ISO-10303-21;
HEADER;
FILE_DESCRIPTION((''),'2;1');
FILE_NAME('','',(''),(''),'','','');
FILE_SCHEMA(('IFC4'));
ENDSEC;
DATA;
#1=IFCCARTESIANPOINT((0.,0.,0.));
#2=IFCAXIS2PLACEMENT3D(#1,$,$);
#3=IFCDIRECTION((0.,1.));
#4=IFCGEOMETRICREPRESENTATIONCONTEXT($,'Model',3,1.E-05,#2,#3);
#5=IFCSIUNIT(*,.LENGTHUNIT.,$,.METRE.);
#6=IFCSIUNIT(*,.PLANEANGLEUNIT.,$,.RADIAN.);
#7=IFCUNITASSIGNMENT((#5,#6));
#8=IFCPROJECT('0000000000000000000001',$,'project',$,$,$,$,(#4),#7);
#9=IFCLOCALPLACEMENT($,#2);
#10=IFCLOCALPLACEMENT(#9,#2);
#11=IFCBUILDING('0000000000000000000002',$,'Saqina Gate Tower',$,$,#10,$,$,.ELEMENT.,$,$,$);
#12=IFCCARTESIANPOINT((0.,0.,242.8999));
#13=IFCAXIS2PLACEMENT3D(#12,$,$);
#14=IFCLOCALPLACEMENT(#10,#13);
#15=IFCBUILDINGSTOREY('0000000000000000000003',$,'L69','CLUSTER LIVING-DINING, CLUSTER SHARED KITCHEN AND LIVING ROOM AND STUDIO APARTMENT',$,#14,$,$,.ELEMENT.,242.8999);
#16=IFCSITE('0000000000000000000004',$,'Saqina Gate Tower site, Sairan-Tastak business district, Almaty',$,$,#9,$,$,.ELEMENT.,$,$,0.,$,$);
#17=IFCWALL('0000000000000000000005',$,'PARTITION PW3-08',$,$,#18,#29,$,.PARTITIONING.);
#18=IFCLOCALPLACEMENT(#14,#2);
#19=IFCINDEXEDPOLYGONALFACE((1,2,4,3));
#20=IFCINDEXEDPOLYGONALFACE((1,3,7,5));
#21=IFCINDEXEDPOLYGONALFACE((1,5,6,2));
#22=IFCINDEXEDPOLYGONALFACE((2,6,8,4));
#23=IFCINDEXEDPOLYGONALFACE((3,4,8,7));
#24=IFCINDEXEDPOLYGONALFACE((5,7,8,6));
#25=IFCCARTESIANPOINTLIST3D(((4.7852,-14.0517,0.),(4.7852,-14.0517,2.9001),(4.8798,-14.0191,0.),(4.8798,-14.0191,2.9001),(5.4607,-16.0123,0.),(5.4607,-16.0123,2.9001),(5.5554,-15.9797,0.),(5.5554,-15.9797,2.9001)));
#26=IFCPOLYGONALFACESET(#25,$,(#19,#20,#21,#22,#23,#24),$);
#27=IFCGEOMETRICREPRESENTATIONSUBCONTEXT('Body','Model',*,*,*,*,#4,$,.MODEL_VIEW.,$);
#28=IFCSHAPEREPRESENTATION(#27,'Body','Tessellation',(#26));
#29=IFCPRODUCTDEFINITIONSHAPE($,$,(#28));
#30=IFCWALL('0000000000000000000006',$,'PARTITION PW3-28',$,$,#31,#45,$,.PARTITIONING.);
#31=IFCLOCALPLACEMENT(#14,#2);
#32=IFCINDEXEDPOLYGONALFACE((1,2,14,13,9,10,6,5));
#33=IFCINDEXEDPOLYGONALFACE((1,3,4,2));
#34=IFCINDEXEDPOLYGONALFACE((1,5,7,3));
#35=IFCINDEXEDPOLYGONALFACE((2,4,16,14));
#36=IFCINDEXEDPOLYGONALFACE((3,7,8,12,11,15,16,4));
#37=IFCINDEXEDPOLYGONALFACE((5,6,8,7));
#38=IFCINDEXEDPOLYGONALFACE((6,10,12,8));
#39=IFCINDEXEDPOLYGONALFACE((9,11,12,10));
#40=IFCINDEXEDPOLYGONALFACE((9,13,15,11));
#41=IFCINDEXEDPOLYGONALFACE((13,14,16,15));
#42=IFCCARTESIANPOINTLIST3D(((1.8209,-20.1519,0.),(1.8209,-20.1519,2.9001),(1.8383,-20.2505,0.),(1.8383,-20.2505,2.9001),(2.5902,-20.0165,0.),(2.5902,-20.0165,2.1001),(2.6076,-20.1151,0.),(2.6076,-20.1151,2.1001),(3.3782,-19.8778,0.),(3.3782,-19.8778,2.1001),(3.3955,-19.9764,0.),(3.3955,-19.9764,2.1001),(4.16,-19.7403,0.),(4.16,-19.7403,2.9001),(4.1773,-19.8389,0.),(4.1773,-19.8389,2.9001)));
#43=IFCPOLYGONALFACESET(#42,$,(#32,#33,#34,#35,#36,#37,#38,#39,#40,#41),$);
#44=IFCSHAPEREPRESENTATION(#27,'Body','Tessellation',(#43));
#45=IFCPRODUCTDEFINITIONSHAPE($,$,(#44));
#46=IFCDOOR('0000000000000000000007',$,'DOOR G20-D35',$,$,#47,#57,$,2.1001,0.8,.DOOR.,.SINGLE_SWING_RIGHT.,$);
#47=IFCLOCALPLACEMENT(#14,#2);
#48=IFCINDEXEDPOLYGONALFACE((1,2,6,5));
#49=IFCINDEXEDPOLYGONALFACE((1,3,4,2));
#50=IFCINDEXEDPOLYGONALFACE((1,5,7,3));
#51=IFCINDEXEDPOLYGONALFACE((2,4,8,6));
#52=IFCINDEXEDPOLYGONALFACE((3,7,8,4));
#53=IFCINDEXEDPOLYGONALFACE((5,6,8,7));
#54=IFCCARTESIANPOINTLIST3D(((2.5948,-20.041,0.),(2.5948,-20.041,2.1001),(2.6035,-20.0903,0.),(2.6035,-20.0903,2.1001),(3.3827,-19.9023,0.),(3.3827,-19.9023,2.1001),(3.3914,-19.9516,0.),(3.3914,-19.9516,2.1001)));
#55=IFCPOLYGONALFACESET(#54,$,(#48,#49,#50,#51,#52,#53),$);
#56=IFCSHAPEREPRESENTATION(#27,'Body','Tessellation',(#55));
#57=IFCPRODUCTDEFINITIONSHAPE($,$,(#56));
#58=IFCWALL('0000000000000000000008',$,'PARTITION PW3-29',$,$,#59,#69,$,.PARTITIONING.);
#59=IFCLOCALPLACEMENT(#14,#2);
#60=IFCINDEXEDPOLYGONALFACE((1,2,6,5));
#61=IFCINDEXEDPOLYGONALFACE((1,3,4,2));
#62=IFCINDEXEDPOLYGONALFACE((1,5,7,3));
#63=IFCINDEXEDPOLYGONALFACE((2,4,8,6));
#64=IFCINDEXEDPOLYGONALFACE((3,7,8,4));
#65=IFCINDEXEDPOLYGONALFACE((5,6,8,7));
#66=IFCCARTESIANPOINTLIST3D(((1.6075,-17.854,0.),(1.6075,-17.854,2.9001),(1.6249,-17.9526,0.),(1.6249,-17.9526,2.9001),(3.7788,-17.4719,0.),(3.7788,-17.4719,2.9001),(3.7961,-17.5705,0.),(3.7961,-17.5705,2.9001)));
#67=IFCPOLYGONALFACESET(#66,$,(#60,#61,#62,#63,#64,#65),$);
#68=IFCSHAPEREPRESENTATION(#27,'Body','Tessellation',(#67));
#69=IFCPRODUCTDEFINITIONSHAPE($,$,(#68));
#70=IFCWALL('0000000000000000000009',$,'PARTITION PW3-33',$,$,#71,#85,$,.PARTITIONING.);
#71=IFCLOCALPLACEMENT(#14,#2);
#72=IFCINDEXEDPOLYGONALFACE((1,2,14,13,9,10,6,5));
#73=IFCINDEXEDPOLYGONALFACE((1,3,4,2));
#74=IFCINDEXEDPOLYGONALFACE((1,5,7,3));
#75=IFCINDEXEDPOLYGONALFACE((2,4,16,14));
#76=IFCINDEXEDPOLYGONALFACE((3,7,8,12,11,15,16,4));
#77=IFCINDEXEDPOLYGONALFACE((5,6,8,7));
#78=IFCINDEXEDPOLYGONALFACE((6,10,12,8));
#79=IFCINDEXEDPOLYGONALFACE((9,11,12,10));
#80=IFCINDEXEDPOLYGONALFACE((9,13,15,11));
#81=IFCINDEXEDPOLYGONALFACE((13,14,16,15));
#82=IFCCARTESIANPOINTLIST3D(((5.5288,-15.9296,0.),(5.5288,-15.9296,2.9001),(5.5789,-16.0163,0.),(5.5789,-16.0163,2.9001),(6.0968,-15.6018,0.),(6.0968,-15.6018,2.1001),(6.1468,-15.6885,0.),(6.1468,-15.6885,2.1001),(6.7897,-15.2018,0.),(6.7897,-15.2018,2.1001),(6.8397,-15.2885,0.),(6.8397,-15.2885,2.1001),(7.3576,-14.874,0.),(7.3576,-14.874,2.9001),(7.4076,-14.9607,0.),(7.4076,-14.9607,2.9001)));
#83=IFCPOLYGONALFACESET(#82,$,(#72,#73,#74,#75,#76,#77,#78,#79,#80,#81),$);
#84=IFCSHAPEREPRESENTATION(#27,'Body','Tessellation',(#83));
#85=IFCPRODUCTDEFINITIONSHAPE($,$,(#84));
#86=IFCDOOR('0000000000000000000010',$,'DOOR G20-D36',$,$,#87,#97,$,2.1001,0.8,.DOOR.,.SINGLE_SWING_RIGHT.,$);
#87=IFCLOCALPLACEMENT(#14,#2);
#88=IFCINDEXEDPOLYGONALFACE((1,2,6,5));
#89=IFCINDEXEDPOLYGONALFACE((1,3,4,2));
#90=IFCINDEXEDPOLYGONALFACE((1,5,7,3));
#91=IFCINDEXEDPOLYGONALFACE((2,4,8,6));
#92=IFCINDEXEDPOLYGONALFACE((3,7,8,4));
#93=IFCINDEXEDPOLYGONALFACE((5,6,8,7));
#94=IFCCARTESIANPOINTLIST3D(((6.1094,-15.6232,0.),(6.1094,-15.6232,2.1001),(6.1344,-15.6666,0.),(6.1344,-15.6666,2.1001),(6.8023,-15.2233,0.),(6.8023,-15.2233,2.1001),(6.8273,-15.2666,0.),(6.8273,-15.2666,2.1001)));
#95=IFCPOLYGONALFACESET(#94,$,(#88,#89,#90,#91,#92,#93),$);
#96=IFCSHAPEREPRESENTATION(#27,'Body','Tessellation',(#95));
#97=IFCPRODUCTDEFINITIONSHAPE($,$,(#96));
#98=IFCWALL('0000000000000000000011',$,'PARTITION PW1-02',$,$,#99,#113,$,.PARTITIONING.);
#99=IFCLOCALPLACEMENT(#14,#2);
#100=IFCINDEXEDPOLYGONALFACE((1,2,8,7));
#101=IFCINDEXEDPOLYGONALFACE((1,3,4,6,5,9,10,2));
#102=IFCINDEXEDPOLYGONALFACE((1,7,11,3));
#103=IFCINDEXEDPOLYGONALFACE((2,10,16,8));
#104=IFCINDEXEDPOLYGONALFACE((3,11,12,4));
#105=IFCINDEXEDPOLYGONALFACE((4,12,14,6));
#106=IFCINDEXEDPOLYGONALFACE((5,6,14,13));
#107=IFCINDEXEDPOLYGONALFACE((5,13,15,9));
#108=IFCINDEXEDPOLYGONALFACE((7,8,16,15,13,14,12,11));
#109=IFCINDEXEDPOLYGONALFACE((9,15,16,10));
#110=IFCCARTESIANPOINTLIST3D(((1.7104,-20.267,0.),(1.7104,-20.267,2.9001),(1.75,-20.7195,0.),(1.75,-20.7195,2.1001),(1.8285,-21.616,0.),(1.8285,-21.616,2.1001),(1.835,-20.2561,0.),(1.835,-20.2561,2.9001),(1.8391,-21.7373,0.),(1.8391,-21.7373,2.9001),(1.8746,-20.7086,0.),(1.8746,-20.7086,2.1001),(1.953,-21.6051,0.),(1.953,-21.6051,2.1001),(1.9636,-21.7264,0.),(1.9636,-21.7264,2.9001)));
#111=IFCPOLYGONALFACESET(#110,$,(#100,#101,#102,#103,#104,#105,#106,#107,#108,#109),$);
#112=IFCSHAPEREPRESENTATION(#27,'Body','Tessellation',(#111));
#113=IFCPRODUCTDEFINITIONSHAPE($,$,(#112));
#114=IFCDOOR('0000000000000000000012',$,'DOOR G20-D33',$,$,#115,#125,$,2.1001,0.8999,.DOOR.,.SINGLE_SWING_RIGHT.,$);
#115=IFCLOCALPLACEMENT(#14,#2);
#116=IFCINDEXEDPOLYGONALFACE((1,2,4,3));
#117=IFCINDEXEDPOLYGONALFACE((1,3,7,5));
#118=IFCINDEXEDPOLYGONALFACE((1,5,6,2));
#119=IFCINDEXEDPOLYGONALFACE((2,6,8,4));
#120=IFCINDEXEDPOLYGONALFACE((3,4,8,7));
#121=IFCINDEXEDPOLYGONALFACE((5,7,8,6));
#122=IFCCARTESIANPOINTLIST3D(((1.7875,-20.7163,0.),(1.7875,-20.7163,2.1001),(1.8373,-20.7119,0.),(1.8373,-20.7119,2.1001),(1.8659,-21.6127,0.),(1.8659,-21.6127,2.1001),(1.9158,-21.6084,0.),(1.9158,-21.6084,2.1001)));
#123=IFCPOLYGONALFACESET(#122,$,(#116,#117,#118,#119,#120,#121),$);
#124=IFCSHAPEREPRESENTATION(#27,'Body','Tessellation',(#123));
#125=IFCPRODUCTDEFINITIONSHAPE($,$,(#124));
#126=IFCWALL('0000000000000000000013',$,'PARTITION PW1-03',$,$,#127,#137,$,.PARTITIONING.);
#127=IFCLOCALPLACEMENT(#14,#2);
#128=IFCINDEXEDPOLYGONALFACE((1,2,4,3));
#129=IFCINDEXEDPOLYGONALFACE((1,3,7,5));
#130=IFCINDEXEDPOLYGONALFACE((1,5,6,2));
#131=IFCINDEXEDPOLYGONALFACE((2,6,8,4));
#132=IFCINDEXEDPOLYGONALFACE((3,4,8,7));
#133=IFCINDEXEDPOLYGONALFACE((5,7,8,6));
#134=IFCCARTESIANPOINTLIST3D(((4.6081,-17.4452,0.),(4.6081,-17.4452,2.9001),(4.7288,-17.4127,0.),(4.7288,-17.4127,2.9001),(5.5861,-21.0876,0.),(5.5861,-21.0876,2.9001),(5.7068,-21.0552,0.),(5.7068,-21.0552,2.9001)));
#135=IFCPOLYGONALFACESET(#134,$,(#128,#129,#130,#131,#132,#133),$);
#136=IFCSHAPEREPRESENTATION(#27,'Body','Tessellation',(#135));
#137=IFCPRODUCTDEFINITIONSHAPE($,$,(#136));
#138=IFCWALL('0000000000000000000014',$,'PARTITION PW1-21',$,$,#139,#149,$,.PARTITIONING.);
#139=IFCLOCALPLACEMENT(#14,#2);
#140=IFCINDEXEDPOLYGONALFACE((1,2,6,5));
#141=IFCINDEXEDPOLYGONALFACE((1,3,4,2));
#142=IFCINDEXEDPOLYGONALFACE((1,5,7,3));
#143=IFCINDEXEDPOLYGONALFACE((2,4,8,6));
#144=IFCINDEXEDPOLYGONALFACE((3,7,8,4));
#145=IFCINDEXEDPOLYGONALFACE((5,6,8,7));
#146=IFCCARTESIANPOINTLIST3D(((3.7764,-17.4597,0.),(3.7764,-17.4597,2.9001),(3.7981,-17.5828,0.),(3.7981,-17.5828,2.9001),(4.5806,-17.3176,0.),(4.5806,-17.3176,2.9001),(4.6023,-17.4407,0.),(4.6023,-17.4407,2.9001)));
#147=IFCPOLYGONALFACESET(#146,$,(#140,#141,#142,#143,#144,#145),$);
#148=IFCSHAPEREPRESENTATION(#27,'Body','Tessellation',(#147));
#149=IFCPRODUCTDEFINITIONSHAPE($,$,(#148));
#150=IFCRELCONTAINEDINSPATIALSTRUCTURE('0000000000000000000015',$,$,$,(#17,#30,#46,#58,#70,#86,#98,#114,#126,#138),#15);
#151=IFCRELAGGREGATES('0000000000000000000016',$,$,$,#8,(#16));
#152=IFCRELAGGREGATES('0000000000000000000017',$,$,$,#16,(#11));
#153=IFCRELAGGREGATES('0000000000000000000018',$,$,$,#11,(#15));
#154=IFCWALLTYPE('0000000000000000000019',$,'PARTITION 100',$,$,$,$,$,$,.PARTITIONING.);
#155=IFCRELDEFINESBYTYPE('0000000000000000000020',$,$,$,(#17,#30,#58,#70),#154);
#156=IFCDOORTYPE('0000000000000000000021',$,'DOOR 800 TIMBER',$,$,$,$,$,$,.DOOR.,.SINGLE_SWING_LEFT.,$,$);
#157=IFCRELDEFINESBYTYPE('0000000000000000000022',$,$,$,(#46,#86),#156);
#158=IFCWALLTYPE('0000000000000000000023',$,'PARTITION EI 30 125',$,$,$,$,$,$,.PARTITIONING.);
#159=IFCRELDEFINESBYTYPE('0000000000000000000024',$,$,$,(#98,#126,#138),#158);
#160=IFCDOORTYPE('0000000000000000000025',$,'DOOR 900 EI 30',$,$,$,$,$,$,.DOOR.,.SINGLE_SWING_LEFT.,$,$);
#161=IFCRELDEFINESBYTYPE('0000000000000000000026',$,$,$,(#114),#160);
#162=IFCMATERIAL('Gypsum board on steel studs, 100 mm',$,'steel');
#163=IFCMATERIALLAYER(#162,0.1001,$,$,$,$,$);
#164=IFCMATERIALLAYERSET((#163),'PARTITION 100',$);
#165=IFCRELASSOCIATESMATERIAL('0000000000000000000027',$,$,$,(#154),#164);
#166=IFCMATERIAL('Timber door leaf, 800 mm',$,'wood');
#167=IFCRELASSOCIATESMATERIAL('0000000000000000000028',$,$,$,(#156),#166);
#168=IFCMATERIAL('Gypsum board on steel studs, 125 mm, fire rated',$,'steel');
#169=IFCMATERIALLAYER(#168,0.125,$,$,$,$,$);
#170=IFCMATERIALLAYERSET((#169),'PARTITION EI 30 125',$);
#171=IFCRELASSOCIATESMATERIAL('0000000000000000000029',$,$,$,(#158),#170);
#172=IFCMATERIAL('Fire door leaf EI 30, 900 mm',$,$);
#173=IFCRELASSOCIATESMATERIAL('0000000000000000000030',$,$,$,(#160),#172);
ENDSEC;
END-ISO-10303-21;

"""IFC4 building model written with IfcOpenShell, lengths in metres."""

from ifc_helpers import new_model, si_unit, direction, frame, frame_2d, origin, place, context, subcontext, project, spatial, rectangle, extrude, material, layer, layer_set, type_object, element, fill, save


model = new_model("IFC4")

# Units and contexts
model_context = context("Model", 3, precision=1e-05, world=origin(), true_north=direction((0.0, 1.0)))
body_context = subcontext(model_context, "Body", "Model", "MODEL_VIEW")
ifc_project = project(units=[si_unit("LENGTHUNIT", "METRE"), si_unit("PLANEANGLEUNIT", "RADIAN")], contexts=[model_context])

# Site, building, storey
site_placement = place(None, origin())
site = spatial("IfcSite", under=ifc_project, at=site_placement, Name="Saqina Gate Tower site, Sairan-Tastak business district, Almaty", CompositionType="ELEMENT", RefElevation=0.0)
building_placement = place(site_placement, origin())
building = spatial("IfcBuilding", under=site, at=building_placement, Name="Saqina Gate Tower", CompositionType="ELEMENT")
storey_placement = place(building_placement, frame((0.0, 0.0, 242.8999)))
storey = spatial("IfcBuildingStorey", under=building, at=storey_placement, Name="L69", Description="CLUSTER LIVING-DINING, CLUSTER SHARED KITCHEN AND LIVING ROOM AND STUDIO APARTMENT", CompositionType="ELEMENT", Elevation=242.8999)

# Wall
ifc_material_1 = material(Name="Gypsum board on steel studs, 100 mm", Category="steel")
ifc_layer_1 = layer(ifc_material_1, 0.1001)
ifc_layer_set_1 = layer_set([ifc_layer_1], Name="PARTITION 100")
wall_type_1 = type_object("IfcWallType", Name="PARTITION 100", PredefinedType="PARTITIONING", material=ifc_layer_set_1)
wall_1_placement = place(storey_placement, frame((4.8325, -14.0354, 0.0), z_axis=(0.0, 0.0, 1.0), x_axis=(0.325748, -0.945457, 0.0)))
element("IfcWall", 1, at=wall_1_placement, inside=storey, type_object=wall_type_1, Name="PARTITION PW3-08", PredefinedType="PARTITIONING", context=body_context, shape_type="SweptSolid", body=[
    extrude(rectangle(XDim=2.0737, YDim=0.1001, at=frame_2d((1.0369, 0.0))), origin(), (0.0, 0.0, 1.0), 2.9001),
])

# Wall, opening, door
wall_2_placement = place(storey_placement, frame((1.8296, -20.2012, 0.0), z_axis=(0.0, 0.0, 1.0), x_axis=(0.984867, 0.17331, 0.0)))
wall_2 = element("IfcWall", 2, at=wall_2_placement, inside=storey, type_object=wall_type_1, Name="PARTITION PW3-28", PredefinedType="PARTITIONING", context=body_context, shape_type="SweptSolid", body=[
    extrude(rectangle(XDim=2.375, YDim=0.1001, at=frame_2d((1.1875, 0.0))), origin(), (0.0, 0.0, 1.0), 2.9001),
])
opening_1_placement = place(wall_2_placement, frame((0.7812, 0.0, 0.0)))
opening_1 = element("IfcOpeningElement", 3, at=opening_1_placement, cuts=wall_2, PredefinedType="OPENING", context=body_context, shape_type="SweptSolid", body=[
    extrude(rectangle(XDim=0.8, YDim=2.1001, at=frame_2d((0.3999, 1.05))), frame((0.0, 0.062, 0.0), z_axis=(0.0, -1.0, 0.0), x_axis=(1.0, 0.0, 0.0)), (0.0, 0.0, 1.0), 0.124),
])
ifc_material_2 = material(Name="Timber door leaf, 800 mm", Category="wood")
door_type_1 = type_object("IfcDoorType", Name="DOOR 800 TIMBER", OperationType="SINGLE_SWING_LEFT", PredefinedType="DOOR", material=ifc_material_2)
door_1_placement = place(opening_1_placement, frame((0.8, 0.0, 0.0), z_axis=(0.0, 0.0, 1.0), x_axis=(-1.0, 0.0, 0.0)))
door_1 = element("IfcDoor", 4, at=door_1_placement, inside=storey, type_object=door_type_1, Name="DOOR G20-D35", OperationType="SINGLE_SWING_RIGHT", OverallHeight=2.1001, OverallWidth=0.8, PredefinedType="DOOR", context=body_context, shape_type="SweptSolid", body=[
    extrude(rectangle(XDim=0.8, YDim=2.1001, at=frame_2d((0.3999, 1.05))), frame((0.0, 0.0249, 0.0), z_axis=(0.0, -1.0, 0.0), x_axis=(1.0, 0.0, 0.0)), (0.0, 0.0, 1.0), 0.05),
])
fill(opening_1, door_1)

# Wall
wall_3_placement = place(storey_placement, frame((1.6162, -17.9033, 0.0), z_axis=(0.0, 0.0, 1.0), x_axis=(0.984866, 0.173318, 0.0)))
element("IfcWall", 5, at=wall_3_placement, inside=storey, type_object=wall_type_1, Name="PARTITION PW3-29", PredefinedType="PARTITIONING", context=body_context, shape_type="SweptSolid", body=[
    extrude(rectangle(XDim=2.2046, YDim=0.1001, at=frame_2d((1.1023, 0.0))), origin(), (0.0, 0.0, 1.0), 2.9001),
])

# Walls, openings, doors
wall_4_placement = place(storey_placement, frame((5.554, -15.9729, 0.0), z_axis=(0.0, 0.0, 1.0), x_axis=(0.866072, 0.499919, 0.0)))
wall_4 = element("IfcWall", 6, at=wall_4_placement, inside=storey, type_object=wall_type_1, Name="PARTITION PW3-33", PredefinedType="PARTITIONING", context=body_context, shape_type="SweptSolid", body=[
    extrude(rectangle(XDim=2.1116, YDim=0.1001, at=frame_2d((1.0557, 0.0))), origin(), (0.0, 0.0, 1.0), 2.9001),
])
opening_2_placement = place(wall_4_placement, frame((0.6558, 0.0, 0.0)))
opening_2 = element("IfcOpeningElement", 7, at=opening_2_placement, cuts=wall_4, PredefinedType="OPENING", context=body_context, shape_type="SweptSolid", body=[
    extrude(rectangle(XDim=0.8, YDim=2.1001, at=frame_2d((0.3999, 1.05))), frame((0.0, 0.062, 0.0), z_axis=(0.0, -1.0, 0.0), x_axis=(1.0, 0.0, 0.0)), (0.0, 0.0, 1.0), 0.124),
])
door_2_placement = place(opening_2_placement, frame((0.8, 0.0, 0.0), z_axis=(0.0, 0.0, 1.0), x_axis=(-1.0, 0.0, 0.0)))
door_2 = element("IfcDoor", 8, at=door_2_placement, inside=storey, type_object=door_type_1, Name="DOOR G20-D36", OperationType="SINGLE_SWING_RIGHT", OverallHeight=2.1001, OverallWidth=0.8, PredefinedType="DOOR", context=body_context, shape_type="SweptSolid", body=[
    extrude(rectangle(XDim=0.8, YDim=2.1001, at=frame_2d((0.3999, 1.05))), frame((0.0, 0.0249, 0.0), z_axis=(0.0, -1.0, 0.0), x_axis=(1.0, 0.0, 0.0)), (0.0, 0.0, 1.0), 0.05),
])
fill(opening_2, door_2)
ifc_material_3 = material(Name="Gypsum board on steel studs, 125 mm, fire rated", Category="steel")
ifc_layer_2 = layer(ifc_material_3, 0.125)
ifc_layer_set_2 = layer_set([ifc_layer_2], Name="PARTITION EI 30 125")
wall_type_2 = type_object("IfcWallType", Name="PARTITION EI 30 125", PredefinedType="PARTITIONING", material=ifc_layer_set_2)
wall_5_placement = place(storey_placement, frame((1.7727, -20.2617, 0.0), z_axis=(0.0, 0.0, 1.0), x_axis=(0.087179, -0.996193, 0.0)))
wall_5 = element("IfcWall", 9, at=wall_5_placement, inside=storey, type_object=wall_type_2, Name="PARTITION PW1-02", PredefinedType="PARTITIONING", context=body_context, shape_type="SweptSolid", body=[
    extrude(rectangle(XDim=1.4758, YDim=0.125, at=frame_2d((0.7378, 0.0))), origin(), (0.0, 0.0, 1.0), 2.9001),
])
opening_3_placement = place(wall_5_placement, frame((0.4541, 0.0, 0.0)))
opening_3 = element("IfcOpeningElement", 10, at=opening_3_placement, cuts=wall_5, PredefinedType="OPENING", context=body_context, shape_type="SweptSolid", body=[
    extrude(rectangle(XDim=0.8999, YDim=2.1001, at=frame_2d((0.45, 1.05))), frame((0.0, 0.0745, 0.0), z_axis=(0.0, -1.0, 0.0), x_axis=(1.0, 0.0, 0.0)), (0.0, 0.0, 1.0), 0.1489),
])
ifc_material_4 = material(Name="Fire door leaf EI 30, 900 mm")
door_type_2 = type_object("IfcDoorType", Name="DOOR 900 EI 30", OperationType="SINGLE_SWING_LEFT", PredefinedType="DOOR", material=ifc_material_4)
door_3_placement = place(opening_3_placement, frame((0.8999, 0.0, 0.0), z_axis=(0.0, 0.0, 1.0), x_axis=(-1.0, 0.0, 0.0)))
door_3 = element("IfcDoor", 11, at=door_3_placement, inside=storey, type_object=door_type_2, Name="DOOR G20-D33", OperationType="SINGLE_SWING_RIGHT", OverallHeight=2.1001, OverallWidth=0.8999, PredefinedType="DOOR", context=body_context, shape_type="SweptSolid", body=[
    extrude(rectangle(XDim=0.8999, YDim=2.1001, at=frame_2d((0.45, 1.05))), frame((0.0, 0.0249, 0.0), z_axis=(0.0, -1.0, 0.0), x_axis=(1.0, 0.0, 0.0)), (0.0, 0.0, 1.0), 0.05),
])
fill(opening_3, door_3)

# Walls
wall_6_placement = place(storey_placement, frame((4.6685, -17.429, 0.0), z_axis=(0.0, 0.0, 1.0), x_axis=(0.259314, -0.965793, 0.0)))
element("IfcWall", 12, at=wall_6_placement, inside=storey, type_object=wall_type_2, Name="PARTITION PW1-03", PredefinedType="PARTITIONING", context=body_context, shape_type="SweptSolid", body=[
    extrude(rectangle(XDim=3.7715, YDim=0.125, at=frame_2d((1.8857, 0.0))), origin(), (0.0, 0.0, 1.0), 2.9001),
])
wall_7_placement = place(storey_placement, frame((3.7874, -17.5212, 0.0), z_axis=(0.0, 0.0, 1.0), x_axis=(0.984747, 0.17399, 0.0)))
element("IfcWall", 13, at=wall_7_placement, inside=storey, type_object=wall_type_2, Name="PARTITION PW1-21", PredefinedType="PARTITIONING", context=body_context, shape_type="SweptSolid", body=[
    extrude(rectangle(XDim=0.8167, YDim=0.125, at=frame_2d((0.4082, 0.0))), origin(), (0.0, 0.0, 1.0), 2.9001),
])

save(model, "model.ifc")
